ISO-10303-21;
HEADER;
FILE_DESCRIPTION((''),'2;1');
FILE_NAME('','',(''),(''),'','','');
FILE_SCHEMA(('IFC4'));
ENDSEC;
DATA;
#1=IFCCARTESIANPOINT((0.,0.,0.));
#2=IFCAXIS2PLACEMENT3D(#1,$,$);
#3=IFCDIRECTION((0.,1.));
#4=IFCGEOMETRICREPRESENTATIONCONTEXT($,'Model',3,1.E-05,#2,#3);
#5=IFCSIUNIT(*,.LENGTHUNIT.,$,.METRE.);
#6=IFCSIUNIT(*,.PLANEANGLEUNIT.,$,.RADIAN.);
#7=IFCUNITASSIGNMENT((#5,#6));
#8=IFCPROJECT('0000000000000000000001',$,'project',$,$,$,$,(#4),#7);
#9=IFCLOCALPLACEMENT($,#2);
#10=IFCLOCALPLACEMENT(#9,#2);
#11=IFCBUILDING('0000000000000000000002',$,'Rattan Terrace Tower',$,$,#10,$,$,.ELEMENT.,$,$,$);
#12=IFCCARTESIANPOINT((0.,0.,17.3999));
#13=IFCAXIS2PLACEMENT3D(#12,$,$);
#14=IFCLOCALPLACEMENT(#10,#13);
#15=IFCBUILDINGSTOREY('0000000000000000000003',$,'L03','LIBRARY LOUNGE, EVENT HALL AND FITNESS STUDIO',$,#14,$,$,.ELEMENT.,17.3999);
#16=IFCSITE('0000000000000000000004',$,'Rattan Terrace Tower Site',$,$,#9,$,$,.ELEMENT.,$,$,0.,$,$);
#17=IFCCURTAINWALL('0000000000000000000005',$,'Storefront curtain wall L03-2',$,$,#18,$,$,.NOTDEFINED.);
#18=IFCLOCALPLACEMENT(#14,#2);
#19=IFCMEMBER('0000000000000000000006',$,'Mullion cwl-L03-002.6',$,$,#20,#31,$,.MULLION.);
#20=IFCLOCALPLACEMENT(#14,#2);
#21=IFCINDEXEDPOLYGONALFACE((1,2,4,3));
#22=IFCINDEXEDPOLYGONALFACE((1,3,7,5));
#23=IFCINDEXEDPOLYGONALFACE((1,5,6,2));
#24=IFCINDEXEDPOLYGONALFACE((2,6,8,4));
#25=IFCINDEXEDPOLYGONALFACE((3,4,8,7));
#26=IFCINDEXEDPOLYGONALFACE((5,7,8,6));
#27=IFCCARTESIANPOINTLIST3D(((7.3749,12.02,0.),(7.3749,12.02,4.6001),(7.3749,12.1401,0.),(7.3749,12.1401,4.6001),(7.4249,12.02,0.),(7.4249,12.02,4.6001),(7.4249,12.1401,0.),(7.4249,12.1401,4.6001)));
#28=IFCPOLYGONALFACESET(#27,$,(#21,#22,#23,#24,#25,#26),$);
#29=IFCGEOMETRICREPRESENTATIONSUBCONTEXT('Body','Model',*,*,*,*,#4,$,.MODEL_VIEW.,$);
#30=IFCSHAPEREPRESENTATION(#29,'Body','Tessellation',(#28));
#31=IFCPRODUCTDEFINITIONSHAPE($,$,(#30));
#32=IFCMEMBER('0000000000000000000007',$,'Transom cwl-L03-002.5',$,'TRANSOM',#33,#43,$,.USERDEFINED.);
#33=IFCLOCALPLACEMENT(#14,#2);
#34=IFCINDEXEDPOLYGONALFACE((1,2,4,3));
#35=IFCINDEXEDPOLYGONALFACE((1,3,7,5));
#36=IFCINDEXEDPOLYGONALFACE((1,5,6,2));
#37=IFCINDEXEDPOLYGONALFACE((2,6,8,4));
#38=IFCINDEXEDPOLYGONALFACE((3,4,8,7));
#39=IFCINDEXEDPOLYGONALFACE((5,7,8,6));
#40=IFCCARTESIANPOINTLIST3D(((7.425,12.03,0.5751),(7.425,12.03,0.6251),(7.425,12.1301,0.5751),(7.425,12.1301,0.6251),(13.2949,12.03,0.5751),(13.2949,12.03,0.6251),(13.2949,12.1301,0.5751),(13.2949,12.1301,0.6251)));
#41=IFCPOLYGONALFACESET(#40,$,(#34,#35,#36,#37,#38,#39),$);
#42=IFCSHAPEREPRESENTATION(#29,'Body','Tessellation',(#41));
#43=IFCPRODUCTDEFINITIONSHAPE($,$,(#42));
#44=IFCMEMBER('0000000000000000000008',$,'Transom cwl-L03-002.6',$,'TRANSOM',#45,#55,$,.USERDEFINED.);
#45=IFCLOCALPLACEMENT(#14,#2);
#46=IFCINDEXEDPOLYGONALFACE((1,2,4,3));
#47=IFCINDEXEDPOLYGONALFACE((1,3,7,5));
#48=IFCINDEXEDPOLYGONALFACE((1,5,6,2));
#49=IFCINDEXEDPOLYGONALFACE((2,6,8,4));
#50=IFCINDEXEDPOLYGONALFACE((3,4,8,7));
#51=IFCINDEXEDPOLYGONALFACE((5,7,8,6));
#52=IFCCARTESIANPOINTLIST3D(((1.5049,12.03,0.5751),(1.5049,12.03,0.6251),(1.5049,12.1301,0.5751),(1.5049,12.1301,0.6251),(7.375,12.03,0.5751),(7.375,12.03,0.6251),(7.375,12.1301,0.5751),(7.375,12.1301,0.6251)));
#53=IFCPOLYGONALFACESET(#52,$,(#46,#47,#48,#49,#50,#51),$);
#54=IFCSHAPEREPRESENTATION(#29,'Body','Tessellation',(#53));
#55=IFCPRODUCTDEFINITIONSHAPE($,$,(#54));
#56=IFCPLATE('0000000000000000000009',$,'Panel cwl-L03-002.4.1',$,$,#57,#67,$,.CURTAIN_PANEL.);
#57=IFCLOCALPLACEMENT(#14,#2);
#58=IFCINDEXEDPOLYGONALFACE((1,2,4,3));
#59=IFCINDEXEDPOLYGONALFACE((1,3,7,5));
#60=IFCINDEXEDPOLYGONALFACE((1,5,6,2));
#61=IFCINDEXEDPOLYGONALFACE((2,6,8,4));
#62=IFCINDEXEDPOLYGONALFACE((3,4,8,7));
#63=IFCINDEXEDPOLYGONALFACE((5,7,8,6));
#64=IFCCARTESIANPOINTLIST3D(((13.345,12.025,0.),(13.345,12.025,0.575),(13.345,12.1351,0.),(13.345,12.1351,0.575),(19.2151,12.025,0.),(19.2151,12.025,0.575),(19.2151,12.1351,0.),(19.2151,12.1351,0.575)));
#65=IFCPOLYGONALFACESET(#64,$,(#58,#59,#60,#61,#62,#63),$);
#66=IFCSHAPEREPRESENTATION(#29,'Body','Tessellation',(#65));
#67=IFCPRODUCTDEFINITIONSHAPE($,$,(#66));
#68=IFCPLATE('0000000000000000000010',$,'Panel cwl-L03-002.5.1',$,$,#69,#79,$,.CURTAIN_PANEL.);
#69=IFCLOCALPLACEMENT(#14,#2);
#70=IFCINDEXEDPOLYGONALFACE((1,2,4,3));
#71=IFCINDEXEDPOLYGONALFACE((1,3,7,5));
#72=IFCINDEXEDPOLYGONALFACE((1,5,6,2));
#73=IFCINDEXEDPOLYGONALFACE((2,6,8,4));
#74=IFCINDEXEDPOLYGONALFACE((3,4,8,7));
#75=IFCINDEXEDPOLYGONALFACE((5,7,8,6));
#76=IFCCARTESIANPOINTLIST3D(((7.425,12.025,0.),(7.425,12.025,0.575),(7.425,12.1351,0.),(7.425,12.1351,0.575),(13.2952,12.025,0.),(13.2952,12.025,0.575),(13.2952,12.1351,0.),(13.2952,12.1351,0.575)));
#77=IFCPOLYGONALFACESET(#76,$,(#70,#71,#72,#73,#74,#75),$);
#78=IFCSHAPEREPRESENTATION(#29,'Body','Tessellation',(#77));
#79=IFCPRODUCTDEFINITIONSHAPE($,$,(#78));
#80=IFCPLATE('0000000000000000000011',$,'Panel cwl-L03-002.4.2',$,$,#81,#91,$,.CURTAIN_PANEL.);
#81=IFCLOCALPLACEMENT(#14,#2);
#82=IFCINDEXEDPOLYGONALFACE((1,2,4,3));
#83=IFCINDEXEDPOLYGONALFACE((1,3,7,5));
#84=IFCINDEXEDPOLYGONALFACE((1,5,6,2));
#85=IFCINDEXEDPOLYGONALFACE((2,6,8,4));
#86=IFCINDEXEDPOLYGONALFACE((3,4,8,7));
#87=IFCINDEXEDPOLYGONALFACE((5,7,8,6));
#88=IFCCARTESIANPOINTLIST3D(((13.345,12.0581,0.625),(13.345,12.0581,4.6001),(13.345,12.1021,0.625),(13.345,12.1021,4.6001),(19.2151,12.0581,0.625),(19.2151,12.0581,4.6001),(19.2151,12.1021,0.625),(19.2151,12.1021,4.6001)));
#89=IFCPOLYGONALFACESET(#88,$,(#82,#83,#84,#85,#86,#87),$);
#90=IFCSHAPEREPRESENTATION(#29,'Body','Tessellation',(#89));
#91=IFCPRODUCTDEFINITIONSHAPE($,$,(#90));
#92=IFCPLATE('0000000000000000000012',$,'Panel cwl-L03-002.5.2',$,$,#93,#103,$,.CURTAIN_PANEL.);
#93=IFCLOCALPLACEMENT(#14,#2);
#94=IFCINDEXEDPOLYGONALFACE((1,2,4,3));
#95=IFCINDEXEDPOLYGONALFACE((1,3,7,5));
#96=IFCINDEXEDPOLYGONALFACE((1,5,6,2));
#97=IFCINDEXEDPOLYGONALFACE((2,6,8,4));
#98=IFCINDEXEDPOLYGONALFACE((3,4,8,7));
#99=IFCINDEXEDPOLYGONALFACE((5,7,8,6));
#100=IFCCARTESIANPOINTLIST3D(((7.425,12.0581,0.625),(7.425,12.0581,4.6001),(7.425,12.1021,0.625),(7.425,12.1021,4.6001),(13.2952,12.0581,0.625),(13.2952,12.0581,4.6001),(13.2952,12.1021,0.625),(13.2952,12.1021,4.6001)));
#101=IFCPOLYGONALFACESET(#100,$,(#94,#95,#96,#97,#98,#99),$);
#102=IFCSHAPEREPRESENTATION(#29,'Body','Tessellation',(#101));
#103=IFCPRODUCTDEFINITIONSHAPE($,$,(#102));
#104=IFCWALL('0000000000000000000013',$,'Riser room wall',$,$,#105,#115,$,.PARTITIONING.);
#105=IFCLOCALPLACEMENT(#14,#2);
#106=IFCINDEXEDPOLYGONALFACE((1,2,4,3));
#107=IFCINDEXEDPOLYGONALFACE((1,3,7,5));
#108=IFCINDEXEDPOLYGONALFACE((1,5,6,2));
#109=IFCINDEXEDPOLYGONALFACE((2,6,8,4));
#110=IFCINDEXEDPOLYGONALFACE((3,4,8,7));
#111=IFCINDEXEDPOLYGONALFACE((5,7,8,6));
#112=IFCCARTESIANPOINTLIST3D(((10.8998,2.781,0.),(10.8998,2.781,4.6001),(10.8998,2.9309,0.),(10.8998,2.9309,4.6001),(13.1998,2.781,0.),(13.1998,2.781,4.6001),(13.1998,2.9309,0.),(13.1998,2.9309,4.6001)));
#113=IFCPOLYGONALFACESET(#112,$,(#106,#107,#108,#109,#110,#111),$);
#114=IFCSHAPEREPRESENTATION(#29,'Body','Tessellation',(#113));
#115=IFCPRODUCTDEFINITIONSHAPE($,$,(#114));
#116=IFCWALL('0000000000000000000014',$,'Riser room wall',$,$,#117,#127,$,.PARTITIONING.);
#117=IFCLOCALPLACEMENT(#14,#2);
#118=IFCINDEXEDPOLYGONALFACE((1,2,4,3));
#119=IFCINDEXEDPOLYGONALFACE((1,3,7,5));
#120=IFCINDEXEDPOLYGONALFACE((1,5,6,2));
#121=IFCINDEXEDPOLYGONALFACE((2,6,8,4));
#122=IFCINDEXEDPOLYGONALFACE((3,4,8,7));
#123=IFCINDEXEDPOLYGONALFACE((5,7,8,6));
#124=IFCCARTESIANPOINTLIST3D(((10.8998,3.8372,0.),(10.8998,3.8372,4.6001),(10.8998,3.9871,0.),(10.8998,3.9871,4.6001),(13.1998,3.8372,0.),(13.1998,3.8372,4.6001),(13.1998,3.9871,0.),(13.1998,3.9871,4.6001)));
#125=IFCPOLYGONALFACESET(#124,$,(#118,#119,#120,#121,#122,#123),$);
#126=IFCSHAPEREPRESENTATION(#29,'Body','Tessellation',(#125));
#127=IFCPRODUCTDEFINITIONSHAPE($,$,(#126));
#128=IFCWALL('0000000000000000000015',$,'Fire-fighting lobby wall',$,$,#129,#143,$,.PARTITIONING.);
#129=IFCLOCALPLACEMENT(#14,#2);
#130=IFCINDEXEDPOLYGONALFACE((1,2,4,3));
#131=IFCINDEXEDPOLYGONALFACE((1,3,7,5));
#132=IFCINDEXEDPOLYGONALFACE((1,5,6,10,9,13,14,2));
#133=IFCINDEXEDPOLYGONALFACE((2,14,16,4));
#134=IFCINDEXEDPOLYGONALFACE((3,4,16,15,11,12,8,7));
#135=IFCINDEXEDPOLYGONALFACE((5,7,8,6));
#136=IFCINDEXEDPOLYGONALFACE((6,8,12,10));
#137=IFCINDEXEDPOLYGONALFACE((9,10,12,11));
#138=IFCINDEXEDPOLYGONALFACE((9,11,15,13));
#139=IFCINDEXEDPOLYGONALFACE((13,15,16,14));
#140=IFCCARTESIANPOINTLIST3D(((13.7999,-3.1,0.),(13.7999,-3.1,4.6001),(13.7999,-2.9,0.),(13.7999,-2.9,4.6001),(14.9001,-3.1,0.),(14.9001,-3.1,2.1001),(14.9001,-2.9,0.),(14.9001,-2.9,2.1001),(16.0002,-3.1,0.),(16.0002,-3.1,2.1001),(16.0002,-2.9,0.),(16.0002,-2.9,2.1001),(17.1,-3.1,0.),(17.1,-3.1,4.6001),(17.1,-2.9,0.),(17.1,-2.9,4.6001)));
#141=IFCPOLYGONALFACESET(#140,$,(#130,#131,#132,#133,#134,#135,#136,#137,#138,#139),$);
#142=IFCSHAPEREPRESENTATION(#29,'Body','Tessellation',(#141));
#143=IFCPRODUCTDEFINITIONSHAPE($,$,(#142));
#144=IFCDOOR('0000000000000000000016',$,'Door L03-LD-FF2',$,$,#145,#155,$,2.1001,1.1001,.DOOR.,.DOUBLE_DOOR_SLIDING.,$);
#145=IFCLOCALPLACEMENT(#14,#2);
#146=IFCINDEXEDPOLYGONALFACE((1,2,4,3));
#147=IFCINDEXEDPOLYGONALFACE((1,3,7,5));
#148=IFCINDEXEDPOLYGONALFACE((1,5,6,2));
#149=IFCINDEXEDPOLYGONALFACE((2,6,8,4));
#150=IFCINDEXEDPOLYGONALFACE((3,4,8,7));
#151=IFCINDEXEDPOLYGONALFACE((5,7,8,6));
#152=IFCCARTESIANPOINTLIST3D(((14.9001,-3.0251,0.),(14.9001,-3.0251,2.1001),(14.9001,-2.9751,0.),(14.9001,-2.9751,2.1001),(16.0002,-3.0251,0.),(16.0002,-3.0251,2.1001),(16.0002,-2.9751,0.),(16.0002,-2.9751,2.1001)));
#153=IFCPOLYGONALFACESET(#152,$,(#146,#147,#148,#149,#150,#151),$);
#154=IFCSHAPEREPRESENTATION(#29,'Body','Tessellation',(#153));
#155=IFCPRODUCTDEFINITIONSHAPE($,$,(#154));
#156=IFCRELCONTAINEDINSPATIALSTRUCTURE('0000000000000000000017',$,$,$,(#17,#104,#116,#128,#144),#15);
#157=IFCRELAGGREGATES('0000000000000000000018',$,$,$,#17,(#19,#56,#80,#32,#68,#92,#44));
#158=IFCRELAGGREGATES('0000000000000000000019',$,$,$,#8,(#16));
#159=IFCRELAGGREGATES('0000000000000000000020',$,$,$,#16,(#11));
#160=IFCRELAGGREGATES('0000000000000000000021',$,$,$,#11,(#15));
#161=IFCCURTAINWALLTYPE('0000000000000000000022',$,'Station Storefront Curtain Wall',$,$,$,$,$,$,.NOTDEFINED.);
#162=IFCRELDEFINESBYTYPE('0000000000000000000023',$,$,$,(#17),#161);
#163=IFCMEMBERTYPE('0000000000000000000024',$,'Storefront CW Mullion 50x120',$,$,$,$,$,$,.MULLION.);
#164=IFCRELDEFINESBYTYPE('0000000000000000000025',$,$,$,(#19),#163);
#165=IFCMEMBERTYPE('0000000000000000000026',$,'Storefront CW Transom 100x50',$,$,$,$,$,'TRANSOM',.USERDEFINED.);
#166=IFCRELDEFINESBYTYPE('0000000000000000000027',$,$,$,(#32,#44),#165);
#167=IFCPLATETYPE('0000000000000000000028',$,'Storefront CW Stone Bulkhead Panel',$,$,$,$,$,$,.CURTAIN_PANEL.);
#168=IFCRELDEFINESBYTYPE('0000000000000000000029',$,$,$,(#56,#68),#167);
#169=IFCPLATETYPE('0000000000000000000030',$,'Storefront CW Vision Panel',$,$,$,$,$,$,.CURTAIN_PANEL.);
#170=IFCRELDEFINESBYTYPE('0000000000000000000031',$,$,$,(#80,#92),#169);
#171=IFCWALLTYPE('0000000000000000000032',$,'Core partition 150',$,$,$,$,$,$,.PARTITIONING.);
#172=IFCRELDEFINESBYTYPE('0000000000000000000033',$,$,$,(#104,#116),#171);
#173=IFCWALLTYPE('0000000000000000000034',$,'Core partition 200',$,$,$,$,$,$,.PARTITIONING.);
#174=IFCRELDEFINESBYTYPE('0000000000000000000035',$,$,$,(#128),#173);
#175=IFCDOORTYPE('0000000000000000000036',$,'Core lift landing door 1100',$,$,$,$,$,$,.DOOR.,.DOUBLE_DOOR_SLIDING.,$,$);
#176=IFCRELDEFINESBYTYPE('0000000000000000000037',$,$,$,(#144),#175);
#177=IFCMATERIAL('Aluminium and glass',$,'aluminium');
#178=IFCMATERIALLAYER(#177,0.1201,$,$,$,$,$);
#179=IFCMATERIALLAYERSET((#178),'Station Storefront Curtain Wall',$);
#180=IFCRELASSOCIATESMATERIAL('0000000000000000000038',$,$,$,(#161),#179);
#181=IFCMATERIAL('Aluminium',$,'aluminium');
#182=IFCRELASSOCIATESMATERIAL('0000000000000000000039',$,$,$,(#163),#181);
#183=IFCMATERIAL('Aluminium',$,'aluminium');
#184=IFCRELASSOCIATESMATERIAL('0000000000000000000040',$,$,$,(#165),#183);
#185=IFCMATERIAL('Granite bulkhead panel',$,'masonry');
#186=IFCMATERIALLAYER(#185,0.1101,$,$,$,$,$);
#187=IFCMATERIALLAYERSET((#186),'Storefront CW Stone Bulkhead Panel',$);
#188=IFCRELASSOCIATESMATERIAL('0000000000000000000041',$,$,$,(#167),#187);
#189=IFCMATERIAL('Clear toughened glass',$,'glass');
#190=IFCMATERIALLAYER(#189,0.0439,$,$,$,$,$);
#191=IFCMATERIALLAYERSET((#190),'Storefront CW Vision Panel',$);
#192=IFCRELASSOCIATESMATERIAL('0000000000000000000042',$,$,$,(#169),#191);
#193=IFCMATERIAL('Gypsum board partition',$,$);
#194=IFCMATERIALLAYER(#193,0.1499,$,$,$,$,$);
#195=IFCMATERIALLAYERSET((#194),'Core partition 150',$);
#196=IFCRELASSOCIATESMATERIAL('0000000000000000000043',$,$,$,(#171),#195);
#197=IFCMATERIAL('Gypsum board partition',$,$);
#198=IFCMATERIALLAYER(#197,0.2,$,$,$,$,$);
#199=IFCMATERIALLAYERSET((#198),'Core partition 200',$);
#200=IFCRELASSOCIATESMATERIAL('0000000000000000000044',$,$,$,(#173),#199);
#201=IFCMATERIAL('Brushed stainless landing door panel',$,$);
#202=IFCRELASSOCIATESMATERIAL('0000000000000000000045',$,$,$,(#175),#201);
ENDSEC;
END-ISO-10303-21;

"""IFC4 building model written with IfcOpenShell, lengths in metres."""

from ifc_helpers import new_model, si_unit, direction, frame, frame_2d, origin, origin_2d, place, context, subcontext, project, spatial, rectangle, extrude, material, layer, layer_set, material_profile, profile_set, type_object, element, fill, aggregate, save


model = new_model("IFC4")

# Units and contexts
model_context = context("Model", 3, precision=1e-05, world=origin(), true_north=direction((0.0, 1.0)))
body_context = subcontext(model_context, "Body", "Model", "MODEL_VIEW")
ifc_project = project(units=[si_unit("LENGTHUNIT", "METRE"), si_unit("PLANEANGLEUNIT", "RADIAN")], contexts=[model_context])

# Site, building, storey
site_placement = place(None, origin())
site = spatial("IfcSite", under=ifc_project, at=site_placement, Name="Rattan Terrace Tower Site", CompositionType="ELEMENT", RefElevation=0.0)
building_placement = place(site_placement, origin())
building = spatial("IfcBuilding", under=site, at=building_placement, Name="Rattan Terrace Tower", CompositionType="ELEMENT")
storey_placement = place(building_placement, frame((0.0, 0.0, 17.3999)))
storey = spatial("IfcBuildingStorey", under=building, at=storey_placement, Name="L03", Description="LIBRARY LOUNGE, EVENT HALL AND FITNESS STUDIO", CompositionType="ELEMENT", Elevation=17.3999)

# Curtain wall, members, plates
ifc_material_1 = material(Name="Aluminium and glass", Category="aluminium")
ifc_layer_1 = layer(ifc_material_1, 0.1201)
ifc_layer_set_1 = layer_set([ifc_layer_1], Name="Station Storefront Curtain Wall")
curtain_wall_type = type_object("IfcCurtainWallType", Name="Station Storefront Curtain Wall", PredefinedType="NOTDEFINED", material=ifc_layer_set_1)
curtain_wall_placement = place(storey_placement, origin())
curtain_wall = element("IfcCurtainWall", 1, at=curtain_wall_placement, inside=storey, type_object=curtain_wall_type, Name="Storefront curtain wall L03-2", PredefinedType="NOTDEFINED")
ifc_material_2 = material(Name="Aluminium", Category="aluminium")
ifc_material_profile_1 = material_profile(ifc_material_2, rectangle(XDim=0.05, YDim=0.1201, at=origin_2d()), Name="Aluminium 50x120")
ifc_profile_set_1 = profile_set([ifc_material_profile_1], Name="Aluminium")
member_type_1 = type_object("IfcMemberType", Name="Storefront CW Mullion 50x120", PredefinedType="MULLION", material=ifc_profile_set_1)
member_1_placement = place(storey_placement, frame((7.3999, 12.0801, 0.0), z_axis=(0.0, 0.0, 1.0), x_axis=(-1.0, 0.0, 0.0)))
member_1 = element("IfcMember", 2, at=member_1_placement, type_object=member_type_1, Name="Mullion cwl-L03-002.6", PredefinedType="MULLION", context=body_context, shape_type="SweptSolid", body=[
    extrude(rectangle(XDim=0.05, YDim=0.1201, at=origin_2d()), origin(), (0.0, 0.0, 1.0), 4.6001),
])
ifc_material_3 = material(Name="Aluminium", Category="aluminium")
ifc_material_profile_2 = material_profile(ifc_material_3, rectangle(XDim=0.1001, YDim=0.05, at=origin_2d()), Name="Aluminium 100x50")
ifc_profile_set_2 = profile_set([ifc_material_profile_2], Name="Aluminium")
member_type_2 = type_object("IfcMemberType", Name="Storefront CW Transom 100x50", ElementType="TRANSOM", PredefinedType="USERDEFINED", material=ifc_profile_set_2)
member_2_placement = place(storey_placement, frame((13.2949, 12.0801, 0.6001), z_axis=(-1.0, 0.0, 0.0), x_axis=(0.0, -1.0, 0.0)))
member_2 = element("IfcMember", 3, at=member_2_placement, type_object=member_type_2, Name="Transom cwl-L03-002.5", ObjectType="TRANSOM", PredefinedType="USERDEFINED", context=body_context, shape_type="SweptSolid", body=[
    extrude(rectangle(XDim=0.1001, YDim=0.05, at=origin_2d()), origin(), (0.0, 0.0, 1.0), 5.8699),
])
member_3_placement = place(storey_placement, frame((7.375, 12.0801, 0.6001), z_axis=(-1.0, 0.0, 0.0), x_axis=(0.0, -1.0, 0.0)))
member_3 = element("IfcMember", 4, at=member_3_placement, type_object=member_type_2, Name="Transom cwl-L03-002.6", ObjectType="TRANSOM", PredefinedType="USERDEFINED", context=body_context, shape_type="SweptSolid", body=[
    extrude(rectangle(XDim=0.1001, YDim=0.05, at=origin_2d()), origin(), (0.0, 0.0, 1.0), 5.8701),
])
ifc_material_4 = material(Name="Granite bulkhead panel", Category="masonry")
ifc_layer_2 = layer(ifc_material_4, 0.1101)
ifc_layer_set_2 = layer_set([ifc_layer_2], Name="Storefront CW Stone Bulkhead Panel")
plate_type_1 = type_object("IfcPlateType", Name="Storefront CW Stone Bulkhead Panel", PredefinedType="CURTAIN_PANEL", material=ifc_layer_set_2)
plate_1_placement = place(storey_placement, frame((16.28, 12.0801, 0.0), z_axis=(0.0, 0.0, 1.0), x_axis=(-1.0, 0.0, 0.0)))
plate_1 = element("IfcPlate", 5, at=plate_1_placement, type_object=plate_type_1, Name="Panel cwl-L03-002.4.1", PredefinedType="CURTAIN_PANEL", context=body_context, shape_type="SweptSolid", body=[
    extrude(rectangle(XDim=5.8701, YDim=0.1101, at=origin_2d()), origin(), (0.0, 0.0, 1.0), 0.575),
])
plate_2_placement = place(storey_placement, frame((10.3601, 12.0801, 0.0), z_axis=(0.0, 0.0, 1.0), x_axis=(-1.0, 0.0, 0.0)))
plate_2 = element("IfcPlate", 6, at=plate_2_placement, type_object=plate_type_1, Name="Panel cwl-L03-002.5.1", PredefinedType="CURTAIN_PANEL", context=body_context, shape_type="SweptSolid", body=[
    extrude(rectangle(XDim=5.8701, YDim=0.1101, at=origin_2d()), origin(), (0.0, 0.0, 1.0), 0.575),
])
ifc_material_5 = material(Name="Clear toughened glass", Category="glass")
ifc_layer_3 = layer(ifc_material_5, 0.0439)
ifc_layer_set_3 = layer_set([ifc_layer_3], Name="Storefront CW Vision Panel")
plate_type_2 = type_object("IfcPlateType", Name="Storefront CW Vision Panel", PredefinedType="CURTAIN_PANEL", material=ifc_layer_set_3)
plate_3_placement = place(storey_placement, frame((16.28, 12.0801, 0.625), z_axis=(0.0, 0.0, 1.0), x_axis=(-1.0, 0.0, 0.0)))
plate_3 = element("IfcPlate", 7, at=plate_3_placement, type_object=plate_type_2, Name="Panel cwl-L03-002.4.2", PredefinedType="CURTAIN_PANEL", context=body_context, shape_type="SweptSolid", body=[
    extrude(rectangle(XDim=5.8701, YDim=0.0439, at=origin_2d()), origin(), (0.0, 0.0, 1.0), 3.9751),
])
plate_4_placement = place(storey_placement, frame((10.3601, 12.0801, 0.625), z_axis=(0.0, 0.0, 1.0), x_axis=(-1.0, 0.0, 0.0)))
plate_4 = element("IfcPlate", 8, at=plate_4_placement, type_object=plate_type_2, Name="Panel cwl-L03-002.5.2", PredefinedType="CURTAIN_PANEL", context=body_context, shape_type="SweptSolid", body=[
    extrude(rectangle(XDim=5.8701, YDim=0.0439, at=origin_2d()), origin(), (0.0, 0.0, 1.0), 3.9751),
])
aggregate(curtain_wall, [member_1, plate_1, plate_3, member_2, plate_2, plate_4, member_3])

# Walls
ifc_material_6 = material(Name="Gypsum board partition")
ifc_layer_4 = layer(ifc_material_6, 0.1499)
ifc_layer_set_4 = layer_set([ifc_layer_4], Name="Core partition 150")
wall_type_1 = type_object("IfcWallType", Name="Core partition 150", PredefinedType="PARTITIONING", material=ifc_layer_set_4)
for number, where, z_axis, x_axis, name in (
    (9, (10.8999, 2.856, 0.0), (0.0, 0.0, 1.0), (1.0, 0.0, 0.0), "Riser room wall"),
    (10, (10.8999, 3.9121, 0.0), (0.0, 0.0, 1.0), (1.0, 0.0, 0.0), "Riser room wall"),
):
    element("IfcWall", number, at=place(storey_placement, frame(where, z_axis=z_axis, x_axis=x_axis)), inside=storey, type_object=wall_type_1, Name=name, PredefinedType="PARTITIONING", context=body_context, shape_type="SweptSolid", body=[
        extrude(rectangle(XDim=2.3, YDim=0.1499, at=frame_2d((1.1499, 0.0))), origin(), (0.0, 0.0, 1.0), 4.6001),
    ])

# Wall, opening, door
ifc_material_7 = material(Name="Gypsum board partition")
ifc_layer_5 = layer(ifc_material_7, 0.2)
ifc_layer_set_5 = layer_set([ifc_layer_5], Name="Core partition 200")
wall_type_2 = type_object("IfcWallType", Name="Core partition 200", PredefinedType="PARTITIONING", material=ifc_layer_set_5)
wall_1_placement = place(storey_placement, frame((13.8, -3.0, 0.0), z_axis=(0.0, 0.0, 1.0), x_axis=(1.0, 0.0, 0.0)))
wall_1 = element("IfcWall", 11, at=wall_1_placement, inside=storey, type_object=wall_type_2, Name="Fire-fighting lobby wall", PredefinedType="PARTITIONING", context=body_context, shape_type="SweptSolid", body=[
    extrude(rectangle(XDim=3.3, YDim=0.2, at=frame_2d((1.6499, 0.0))), origin(), (0.0, 0.0, 1.0), 4.6001),
])
opening_1_placement = place(wall_1_placement, frame((1.1001, 0.0, 0.0)))
opening_1 = element("IfcOpeningElement", 12, at=opening_1_placement, cuts=wall_1, PredefinedType="OPENING", context=body_context, shape_type="SweptSolid", body=[
    extrude(rectangle(XDim=1.1001, YDim=2.1001, at=frame_2d((0.55, 1.05))), frame((0.0, 0.1106, 0.0), z_axis=(0.0, -1.0, 0.0), x_axis=(1.0, 0.0, 0.0)), (0.0, 0.0, 1.0), 0.2209),
])
ifc_material_8 = material(Name="Brushed stainless landing door panel")
door_type_1 = type_object("IfcDoorType", Name="Core lift landing door 1100", OperationType="DOUBLE_DOOR_SLIDING", PredefinedType="DOOR", material=ifc_material_8)
door_1_placement = place(opening_1_placement, origin())
door_1 = element("IfcDoor", 13, at=door_1_placement, inside=storey, type_object=door_type_1, Name="Door L03-LD-FF2", OperationType="DOUBLE_DOOR_SLIDING", OverallHeight=2.1001, OverallWidth=1.1001, PredefinedType="DOOR", context=body_context, shape_type="SweptSolid", body=[
    extrude(rectangle(XDim=1.1001, YDim=2.1001, at=frame_2d((0.55, 1.05))), frame((0.0, 0.0249, 0.0), z_axis=(0.0, -1.0, 0.0), x_axis=(1.0, 0.0, 0.0)), (0.0, 0.0, 1.0), 0.05),
])
fill(opening_1, door_1)

save(model, "model.ifc")
